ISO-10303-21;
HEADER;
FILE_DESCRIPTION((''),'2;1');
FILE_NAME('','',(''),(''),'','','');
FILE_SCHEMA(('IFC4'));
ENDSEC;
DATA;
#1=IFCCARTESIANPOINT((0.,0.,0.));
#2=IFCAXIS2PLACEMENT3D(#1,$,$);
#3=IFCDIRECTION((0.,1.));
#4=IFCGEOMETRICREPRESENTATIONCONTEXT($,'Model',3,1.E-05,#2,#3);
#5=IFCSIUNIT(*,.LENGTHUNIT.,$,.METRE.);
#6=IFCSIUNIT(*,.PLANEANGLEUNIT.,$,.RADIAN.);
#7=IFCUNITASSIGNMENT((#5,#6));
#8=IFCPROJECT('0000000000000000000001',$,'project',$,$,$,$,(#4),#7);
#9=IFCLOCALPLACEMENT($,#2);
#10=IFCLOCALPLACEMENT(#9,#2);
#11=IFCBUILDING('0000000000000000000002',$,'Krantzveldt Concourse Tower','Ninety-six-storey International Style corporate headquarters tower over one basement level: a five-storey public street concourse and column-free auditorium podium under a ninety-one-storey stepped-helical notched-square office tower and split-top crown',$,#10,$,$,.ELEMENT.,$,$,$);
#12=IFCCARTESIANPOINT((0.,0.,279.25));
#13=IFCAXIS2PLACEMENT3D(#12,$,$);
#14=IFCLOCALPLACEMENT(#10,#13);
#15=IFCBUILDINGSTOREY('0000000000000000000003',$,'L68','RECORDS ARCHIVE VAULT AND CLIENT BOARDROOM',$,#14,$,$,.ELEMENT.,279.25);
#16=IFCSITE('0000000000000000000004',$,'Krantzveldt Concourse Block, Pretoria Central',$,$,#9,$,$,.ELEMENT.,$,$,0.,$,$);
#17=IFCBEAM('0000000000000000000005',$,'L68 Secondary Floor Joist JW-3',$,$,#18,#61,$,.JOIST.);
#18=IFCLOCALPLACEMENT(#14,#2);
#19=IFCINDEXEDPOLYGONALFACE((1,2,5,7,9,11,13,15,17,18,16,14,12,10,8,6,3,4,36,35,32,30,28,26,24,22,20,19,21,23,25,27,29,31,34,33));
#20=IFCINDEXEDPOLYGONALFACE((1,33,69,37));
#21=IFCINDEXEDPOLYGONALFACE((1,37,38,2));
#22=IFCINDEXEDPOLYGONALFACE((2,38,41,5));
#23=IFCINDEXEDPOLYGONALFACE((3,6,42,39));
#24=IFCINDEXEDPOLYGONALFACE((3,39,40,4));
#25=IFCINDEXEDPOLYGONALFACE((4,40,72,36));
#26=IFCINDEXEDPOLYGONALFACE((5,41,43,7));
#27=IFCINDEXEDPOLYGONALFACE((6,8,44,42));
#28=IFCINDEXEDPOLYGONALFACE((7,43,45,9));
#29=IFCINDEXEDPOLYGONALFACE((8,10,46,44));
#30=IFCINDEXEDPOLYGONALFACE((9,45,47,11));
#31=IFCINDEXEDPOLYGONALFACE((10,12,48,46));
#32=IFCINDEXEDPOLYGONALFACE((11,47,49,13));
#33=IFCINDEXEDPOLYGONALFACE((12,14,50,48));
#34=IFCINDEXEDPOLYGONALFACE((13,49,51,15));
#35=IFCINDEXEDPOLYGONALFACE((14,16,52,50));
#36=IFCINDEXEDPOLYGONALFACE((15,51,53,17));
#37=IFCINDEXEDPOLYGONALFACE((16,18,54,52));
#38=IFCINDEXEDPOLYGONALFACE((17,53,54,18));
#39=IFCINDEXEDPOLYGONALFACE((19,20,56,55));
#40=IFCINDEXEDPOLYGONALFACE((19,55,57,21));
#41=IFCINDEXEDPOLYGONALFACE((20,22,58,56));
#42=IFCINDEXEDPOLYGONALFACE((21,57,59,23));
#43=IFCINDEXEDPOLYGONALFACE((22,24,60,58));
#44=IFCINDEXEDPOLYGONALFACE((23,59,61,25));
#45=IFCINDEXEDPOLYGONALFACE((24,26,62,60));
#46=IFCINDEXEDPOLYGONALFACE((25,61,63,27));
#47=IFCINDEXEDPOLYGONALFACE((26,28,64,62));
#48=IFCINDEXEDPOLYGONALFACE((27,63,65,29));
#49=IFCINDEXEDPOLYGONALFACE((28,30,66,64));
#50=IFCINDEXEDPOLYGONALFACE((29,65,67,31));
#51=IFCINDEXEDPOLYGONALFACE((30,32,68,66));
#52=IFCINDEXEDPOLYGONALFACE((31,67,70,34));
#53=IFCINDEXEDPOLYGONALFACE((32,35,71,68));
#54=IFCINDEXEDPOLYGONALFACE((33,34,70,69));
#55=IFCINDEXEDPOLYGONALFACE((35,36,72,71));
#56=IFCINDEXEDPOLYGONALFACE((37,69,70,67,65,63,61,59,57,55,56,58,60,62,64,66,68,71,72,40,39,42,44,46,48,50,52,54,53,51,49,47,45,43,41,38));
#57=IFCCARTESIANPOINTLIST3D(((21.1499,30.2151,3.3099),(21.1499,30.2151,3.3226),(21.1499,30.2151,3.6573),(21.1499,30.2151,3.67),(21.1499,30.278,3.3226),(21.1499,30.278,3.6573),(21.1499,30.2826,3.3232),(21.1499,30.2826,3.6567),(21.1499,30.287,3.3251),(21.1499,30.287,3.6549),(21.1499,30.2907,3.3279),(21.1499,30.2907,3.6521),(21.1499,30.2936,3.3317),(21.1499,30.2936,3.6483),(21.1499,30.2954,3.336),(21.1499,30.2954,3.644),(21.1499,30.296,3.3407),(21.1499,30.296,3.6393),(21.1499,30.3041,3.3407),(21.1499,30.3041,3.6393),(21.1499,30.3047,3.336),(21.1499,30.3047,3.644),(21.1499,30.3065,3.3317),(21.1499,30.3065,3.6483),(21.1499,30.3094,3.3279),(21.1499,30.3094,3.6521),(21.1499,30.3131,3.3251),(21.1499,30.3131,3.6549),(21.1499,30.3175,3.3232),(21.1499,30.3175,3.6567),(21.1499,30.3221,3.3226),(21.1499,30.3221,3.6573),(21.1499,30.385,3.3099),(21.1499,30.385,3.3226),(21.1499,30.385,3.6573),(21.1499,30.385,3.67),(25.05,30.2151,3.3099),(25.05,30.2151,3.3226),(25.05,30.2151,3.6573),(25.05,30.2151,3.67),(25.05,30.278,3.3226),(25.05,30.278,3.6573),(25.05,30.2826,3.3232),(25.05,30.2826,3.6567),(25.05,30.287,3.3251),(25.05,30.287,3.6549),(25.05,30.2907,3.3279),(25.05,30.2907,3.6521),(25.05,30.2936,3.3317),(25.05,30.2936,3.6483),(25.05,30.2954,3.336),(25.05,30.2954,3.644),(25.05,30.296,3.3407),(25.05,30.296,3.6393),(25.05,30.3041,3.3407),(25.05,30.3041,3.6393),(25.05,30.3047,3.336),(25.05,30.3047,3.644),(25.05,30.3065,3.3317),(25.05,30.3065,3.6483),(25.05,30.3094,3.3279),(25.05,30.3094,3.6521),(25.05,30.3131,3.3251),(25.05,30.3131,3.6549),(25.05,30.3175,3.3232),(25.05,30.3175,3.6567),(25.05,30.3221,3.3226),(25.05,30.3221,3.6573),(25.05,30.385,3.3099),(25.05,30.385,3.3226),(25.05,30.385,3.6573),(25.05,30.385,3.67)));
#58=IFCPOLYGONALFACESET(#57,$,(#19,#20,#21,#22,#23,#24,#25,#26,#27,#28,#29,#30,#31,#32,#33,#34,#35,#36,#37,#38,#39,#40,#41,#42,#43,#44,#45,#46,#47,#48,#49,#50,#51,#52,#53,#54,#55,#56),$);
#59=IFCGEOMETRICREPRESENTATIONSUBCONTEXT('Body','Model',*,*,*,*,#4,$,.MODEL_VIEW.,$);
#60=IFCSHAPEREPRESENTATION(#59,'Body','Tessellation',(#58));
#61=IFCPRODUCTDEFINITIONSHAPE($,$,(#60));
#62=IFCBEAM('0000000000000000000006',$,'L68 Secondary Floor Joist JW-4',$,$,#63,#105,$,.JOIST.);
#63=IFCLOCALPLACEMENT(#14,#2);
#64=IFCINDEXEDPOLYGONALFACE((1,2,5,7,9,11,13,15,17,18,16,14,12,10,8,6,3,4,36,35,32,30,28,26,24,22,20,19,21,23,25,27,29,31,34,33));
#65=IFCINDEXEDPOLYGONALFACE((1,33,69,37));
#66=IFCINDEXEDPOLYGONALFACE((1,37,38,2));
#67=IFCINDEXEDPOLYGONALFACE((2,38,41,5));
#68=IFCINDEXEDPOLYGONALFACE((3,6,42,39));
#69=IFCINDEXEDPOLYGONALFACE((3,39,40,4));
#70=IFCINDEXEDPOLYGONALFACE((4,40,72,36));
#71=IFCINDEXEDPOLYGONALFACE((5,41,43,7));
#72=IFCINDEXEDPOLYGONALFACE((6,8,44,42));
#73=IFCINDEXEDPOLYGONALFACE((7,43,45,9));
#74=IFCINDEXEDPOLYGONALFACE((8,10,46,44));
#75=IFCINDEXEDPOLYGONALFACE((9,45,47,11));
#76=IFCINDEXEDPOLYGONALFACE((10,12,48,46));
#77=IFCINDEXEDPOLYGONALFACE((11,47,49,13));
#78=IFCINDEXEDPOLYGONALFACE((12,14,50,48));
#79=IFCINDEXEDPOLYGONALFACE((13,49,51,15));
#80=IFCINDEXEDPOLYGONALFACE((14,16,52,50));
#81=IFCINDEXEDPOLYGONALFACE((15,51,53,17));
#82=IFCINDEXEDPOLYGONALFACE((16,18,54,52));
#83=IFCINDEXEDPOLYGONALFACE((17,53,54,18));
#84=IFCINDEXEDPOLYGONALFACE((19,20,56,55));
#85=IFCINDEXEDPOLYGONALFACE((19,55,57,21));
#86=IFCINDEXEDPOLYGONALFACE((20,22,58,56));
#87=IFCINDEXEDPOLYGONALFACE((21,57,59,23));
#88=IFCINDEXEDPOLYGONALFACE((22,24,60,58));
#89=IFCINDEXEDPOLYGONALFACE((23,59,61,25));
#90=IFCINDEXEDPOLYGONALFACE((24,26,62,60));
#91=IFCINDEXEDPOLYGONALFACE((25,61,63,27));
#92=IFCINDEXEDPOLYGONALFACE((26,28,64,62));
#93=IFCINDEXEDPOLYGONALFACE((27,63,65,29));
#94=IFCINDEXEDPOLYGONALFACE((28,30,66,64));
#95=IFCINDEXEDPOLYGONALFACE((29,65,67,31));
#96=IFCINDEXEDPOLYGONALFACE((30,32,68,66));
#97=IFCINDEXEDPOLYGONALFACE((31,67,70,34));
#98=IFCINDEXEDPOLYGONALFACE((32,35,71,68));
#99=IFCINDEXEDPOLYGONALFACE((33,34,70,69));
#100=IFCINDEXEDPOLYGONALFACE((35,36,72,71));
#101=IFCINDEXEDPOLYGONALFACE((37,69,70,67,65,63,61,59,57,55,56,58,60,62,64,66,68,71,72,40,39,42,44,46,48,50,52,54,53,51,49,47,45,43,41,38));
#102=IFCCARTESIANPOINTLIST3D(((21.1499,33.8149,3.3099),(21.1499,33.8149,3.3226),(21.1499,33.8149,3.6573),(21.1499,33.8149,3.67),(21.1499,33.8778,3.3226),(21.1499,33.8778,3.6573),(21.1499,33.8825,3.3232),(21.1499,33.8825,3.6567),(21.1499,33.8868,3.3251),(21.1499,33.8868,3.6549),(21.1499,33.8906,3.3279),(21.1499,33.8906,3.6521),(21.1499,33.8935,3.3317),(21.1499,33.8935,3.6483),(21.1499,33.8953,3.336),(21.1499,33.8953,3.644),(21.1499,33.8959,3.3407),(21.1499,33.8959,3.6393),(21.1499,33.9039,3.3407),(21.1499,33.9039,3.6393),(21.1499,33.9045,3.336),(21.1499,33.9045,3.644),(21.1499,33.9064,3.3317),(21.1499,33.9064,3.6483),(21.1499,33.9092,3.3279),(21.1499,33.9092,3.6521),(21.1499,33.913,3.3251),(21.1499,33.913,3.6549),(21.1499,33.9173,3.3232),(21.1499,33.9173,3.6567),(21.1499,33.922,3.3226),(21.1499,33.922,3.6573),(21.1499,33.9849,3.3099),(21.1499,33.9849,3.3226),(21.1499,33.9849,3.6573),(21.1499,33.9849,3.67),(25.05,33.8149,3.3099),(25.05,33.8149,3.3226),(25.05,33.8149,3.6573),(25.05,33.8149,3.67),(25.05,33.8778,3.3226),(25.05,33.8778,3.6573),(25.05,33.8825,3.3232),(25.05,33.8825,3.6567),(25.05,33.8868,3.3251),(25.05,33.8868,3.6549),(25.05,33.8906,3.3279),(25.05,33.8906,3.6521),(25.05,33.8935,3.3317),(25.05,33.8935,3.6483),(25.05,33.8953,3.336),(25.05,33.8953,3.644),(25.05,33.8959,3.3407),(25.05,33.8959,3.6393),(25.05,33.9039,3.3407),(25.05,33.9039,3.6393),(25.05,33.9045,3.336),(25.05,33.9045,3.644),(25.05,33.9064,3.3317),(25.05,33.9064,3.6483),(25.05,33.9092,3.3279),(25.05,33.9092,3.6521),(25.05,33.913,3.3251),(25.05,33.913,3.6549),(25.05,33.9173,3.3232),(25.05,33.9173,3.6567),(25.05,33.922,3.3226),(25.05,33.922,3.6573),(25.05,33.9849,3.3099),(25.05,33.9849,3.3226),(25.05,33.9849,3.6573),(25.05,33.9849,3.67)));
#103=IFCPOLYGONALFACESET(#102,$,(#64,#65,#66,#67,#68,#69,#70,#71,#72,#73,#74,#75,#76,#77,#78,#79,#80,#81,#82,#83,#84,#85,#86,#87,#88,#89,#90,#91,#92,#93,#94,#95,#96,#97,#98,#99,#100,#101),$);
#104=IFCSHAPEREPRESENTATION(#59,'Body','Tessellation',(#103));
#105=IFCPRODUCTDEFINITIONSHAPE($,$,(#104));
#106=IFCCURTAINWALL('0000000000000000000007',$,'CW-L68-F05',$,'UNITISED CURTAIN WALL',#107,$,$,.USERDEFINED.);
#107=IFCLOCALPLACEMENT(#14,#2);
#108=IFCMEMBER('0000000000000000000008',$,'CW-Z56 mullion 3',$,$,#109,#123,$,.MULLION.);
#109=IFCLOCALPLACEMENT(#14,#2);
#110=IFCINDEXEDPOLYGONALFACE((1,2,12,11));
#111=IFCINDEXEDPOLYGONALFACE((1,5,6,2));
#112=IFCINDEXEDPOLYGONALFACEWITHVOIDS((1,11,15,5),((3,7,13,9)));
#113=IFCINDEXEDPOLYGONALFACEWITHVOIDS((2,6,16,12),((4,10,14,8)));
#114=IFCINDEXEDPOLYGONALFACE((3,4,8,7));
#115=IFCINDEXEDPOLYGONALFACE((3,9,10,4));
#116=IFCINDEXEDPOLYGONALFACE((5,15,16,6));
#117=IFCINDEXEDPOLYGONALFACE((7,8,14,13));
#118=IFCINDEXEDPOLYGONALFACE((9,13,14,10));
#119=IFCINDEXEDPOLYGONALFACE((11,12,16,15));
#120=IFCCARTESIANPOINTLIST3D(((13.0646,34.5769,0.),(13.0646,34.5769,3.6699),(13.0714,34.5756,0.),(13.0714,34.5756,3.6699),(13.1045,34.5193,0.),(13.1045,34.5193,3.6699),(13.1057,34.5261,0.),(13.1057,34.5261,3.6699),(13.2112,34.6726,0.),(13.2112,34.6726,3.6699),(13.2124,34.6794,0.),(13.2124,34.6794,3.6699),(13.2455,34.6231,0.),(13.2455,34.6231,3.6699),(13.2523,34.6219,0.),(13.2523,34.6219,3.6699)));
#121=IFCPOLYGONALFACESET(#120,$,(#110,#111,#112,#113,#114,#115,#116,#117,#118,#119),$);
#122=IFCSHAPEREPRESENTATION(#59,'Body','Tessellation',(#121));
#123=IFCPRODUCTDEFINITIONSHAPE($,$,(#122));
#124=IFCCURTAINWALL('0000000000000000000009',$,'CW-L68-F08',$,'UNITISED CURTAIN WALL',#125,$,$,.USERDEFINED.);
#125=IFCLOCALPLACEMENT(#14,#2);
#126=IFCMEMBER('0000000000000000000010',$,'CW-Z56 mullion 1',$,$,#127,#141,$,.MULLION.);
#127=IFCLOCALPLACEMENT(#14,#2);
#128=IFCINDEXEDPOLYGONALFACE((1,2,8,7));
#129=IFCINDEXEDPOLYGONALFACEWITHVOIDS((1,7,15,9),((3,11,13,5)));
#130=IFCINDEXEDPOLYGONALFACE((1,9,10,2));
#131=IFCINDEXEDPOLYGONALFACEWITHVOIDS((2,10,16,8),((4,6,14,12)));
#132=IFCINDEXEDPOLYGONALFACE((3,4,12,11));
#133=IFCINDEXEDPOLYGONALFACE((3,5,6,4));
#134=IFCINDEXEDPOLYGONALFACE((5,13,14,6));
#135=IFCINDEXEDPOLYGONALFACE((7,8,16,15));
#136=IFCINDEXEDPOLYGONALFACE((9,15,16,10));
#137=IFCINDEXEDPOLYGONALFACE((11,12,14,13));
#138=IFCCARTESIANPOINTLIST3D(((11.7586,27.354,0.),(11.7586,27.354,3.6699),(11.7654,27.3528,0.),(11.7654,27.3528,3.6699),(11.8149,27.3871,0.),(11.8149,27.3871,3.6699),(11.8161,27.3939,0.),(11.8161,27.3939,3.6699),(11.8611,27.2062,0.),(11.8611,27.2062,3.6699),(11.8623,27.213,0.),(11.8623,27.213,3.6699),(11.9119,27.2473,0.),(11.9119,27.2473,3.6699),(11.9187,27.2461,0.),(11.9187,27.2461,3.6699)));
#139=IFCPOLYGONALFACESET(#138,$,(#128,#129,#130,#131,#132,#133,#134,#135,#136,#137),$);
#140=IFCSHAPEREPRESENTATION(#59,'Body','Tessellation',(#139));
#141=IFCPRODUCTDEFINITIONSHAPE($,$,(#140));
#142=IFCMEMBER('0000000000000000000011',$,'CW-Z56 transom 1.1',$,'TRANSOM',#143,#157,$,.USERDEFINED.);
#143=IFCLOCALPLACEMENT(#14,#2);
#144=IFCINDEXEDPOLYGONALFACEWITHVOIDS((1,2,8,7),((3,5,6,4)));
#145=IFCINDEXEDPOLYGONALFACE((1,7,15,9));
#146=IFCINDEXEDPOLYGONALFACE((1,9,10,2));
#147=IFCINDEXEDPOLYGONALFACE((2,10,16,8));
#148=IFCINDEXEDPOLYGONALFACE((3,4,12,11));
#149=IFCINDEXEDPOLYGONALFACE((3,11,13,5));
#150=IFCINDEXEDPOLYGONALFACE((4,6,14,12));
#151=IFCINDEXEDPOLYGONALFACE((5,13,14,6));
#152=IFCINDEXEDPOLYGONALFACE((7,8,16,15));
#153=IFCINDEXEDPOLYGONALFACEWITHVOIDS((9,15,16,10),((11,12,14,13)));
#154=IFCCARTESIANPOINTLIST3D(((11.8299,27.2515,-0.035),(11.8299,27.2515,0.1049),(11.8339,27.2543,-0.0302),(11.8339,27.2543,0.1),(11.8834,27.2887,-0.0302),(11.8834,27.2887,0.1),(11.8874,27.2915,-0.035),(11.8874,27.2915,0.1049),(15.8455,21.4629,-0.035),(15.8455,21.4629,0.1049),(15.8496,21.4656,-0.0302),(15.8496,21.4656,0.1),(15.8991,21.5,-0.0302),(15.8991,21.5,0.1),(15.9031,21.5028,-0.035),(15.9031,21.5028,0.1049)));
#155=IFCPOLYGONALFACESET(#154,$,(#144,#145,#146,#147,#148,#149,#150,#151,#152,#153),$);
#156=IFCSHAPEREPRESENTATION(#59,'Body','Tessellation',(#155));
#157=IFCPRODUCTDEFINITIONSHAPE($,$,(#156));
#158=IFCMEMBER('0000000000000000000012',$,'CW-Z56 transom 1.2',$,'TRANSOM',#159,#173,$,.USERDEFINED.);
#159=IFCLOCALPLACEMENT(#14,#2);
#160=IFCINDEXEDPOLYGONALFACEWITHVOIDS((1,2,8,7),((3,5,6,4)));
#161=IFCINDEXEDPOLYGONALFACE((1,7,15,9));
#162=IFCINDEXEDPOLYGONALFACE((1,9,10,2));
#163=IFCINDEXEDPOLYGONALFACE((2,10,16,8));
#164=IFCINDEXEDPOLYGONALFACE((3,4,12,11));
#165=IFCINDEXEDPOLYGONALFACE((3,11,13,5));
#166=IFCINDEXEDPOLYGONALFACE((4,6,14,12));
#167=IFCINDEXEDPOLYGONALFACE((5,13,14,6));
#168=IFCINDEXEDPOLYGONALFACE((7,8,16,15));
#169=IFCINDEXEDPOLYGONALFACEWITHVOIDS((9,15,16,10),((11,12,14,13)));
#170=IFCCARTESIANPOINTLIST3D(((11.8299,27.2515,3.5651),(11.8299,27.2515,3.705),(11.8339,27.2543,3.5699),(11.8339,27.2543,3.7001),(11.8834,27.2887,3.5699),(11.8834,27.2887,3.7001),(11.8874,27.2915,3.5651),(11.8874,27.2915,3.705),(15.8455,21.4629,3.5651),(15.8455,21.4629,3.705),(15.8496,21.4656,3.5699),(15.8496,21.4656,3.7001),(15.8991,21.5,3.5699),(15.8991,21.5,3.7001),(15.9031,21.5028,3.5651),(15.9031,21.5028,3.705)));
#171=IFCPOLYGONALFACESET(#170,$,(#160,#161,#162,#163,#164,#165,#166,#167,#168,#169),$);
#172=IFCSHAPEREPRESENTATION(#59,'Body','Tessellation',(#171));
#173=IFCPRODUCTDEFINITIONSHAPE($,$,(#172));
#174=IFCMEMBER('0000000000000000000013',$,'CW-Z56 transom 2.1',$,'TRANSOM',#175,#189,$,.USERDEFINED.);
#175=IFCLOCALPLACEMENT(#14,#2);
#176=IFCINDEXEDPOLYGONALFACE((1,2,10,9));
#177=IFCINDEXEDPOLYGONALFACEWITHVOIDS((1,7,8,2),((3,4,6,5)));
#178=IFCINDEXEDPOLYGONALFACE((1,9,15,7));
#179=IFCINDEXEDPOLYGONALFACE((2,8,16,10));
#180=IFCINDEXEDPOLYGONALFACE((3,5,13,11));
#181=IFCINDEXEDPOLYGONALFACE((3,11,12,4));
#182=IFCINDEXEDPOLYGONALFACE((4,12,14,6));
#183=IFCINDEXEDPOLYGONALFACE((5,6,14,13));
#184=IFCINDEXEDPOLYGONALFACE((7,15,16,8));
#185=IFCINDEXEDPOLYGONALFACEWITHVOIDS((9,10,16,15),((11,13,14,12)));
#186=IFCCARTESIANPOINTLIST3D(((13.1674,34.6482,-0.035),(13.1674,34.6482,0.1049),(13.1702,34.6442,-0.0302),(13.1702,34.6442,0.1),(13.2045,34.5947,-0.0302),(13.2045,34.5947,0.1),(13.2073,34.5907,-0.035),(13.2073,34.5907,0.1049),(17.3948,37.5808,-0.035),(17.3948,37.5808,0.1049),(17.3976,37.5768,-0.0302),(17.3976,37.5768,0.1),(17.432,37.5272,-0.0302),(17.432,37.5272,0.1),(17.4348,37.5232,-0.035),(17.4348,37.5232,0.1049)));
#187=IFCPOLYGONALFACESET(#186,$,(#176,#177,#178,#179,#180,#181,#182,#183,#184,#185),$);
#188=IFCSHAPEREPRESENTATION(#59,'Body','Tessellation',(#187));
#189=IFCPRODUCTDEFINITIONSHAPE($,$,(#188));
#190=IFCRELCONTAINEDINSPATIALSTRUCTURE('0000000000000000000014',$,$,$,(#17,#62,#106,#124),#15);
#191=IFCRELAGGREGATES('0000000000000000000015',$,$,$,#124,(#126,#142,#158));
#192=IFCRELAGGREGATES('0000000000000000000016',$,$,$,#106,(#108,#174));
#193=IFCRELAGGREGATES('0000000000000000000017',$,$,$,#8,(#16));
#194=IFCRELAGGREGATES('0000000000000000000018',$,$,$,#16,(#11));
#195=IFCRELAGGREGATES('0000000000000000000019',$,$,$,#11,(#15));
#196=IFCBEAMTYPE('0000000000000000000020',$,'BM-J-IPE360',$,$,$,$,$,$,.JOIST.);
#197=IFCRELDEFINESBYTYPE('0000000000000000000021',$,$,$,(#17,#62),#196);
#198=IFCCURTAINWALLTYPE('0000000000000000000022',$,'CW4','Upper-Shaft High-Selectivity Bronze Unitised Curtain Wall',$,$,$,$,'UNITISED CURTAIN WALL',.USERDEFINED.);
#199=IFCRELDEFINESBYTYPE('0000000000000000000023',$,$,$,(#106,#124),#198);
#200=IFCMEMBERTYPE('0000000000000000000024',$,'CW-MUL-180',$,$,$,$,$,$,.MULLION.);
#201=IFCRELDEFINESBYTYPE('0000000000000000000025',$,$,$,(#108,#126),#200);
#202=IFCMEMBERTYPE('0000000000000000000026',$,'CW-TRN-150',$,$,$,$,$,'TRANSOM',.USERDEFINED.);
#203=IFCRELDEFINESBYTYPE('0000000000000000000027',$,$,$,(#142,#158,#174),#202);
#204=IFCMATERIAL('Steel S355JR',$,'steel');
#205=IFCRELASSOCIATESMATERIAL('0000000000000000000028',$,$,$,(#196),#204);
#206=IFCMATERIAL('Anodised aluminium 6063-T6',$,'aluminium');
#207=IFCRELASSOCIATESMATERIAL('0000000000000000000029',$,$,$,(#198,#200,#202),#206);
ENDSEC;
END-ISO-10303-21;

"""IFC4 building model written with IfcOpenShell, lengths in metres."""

from ifc_helpers import new_model, si_unit, direction, frame, origin, origin_2d, place, context, subcontext, project, spatial, hollow_rectangle, i_section, extrude, source, transform, mapped, material, material_profile, profile_set, type_object, type_shapes, element, aggregate, save


model = new_model("IFC4")

# Units and contexts
model_context = context("Model", 3, precision=1e-05, world=origin(), true_north=direction((0.0, 1.0)))
body_context = subcontext(model_context, "Body", "Model", "MODEL_VIEW")
ifc_project = project(units=[si_unit("LENGTHUNIT", "METRE"), si_unit("PLANEANGLEUNIT", "RADIAN")], contexts=[model_context])

# Site, building, storey
site_placement = place(None, origin())
site = spatial("IfcSite", under=ifc_project, at=site_placement, Name="Krantzveldt Concourse Block, Pretoria Central", CompositionType="ELEMENT", RefElevation=0.0)
building_placement = place(site_placement, origin())
building = spatial("IfcBuilding", under=site, at=building_placement, Name="Krantzveldt Concourse Tower", Description="Ninety-six-storey International Style corporate headquarters tower over one basement level: a five-storey public street concourse and column-free auditorium podium under a ninety-one-storey stepped-helical notched-square office tower and split-top crown", CompositionType="ELEMENT")
storey_placement = place(building_placement, frame((0.0, 0.0, 279.25)))
storey = spatial("IfcBuildingStorey", under=building, at=storey_placement, Name="L68", Description="RECORDS ARCHIVE VAULT AND CLIENT BOARDROOM", CompositionType="ELEMENT", Elevation=279.25)

# Beams
ifc_material_1 = material(Name="Steel S355JR", Category="steel")
ifc_material_profile_1 = material_profile(ifc_material_1, i_section(OverallWidth=0.1699, OverallDepth=0.3601, WebThickness=0.0081, FlangeThickness=0.0127, FilletRadius=0.0181, at=origin_2d()), Name="Steel S355JR", Category="steel")
ifc_profile_set_1 = profile_set([ifc_material_profile_1], Name="Steel S355JR - IPE 360")
beam_type_1 = type_object("IfcBeamType", Name="BM-J-IPE360", PredefinedType="JOIST", material=ifc_profile_set_1)
shared_shape_1 = source(origin(), body_context, "Body", "SweptSolid", [
    extrude(i_section(OverallWidth=0.1699, OverallDepth=0.3601, WebThickness=0.0081, FlangeThickness=0.0127, FilletRadius=0.0181, at=origin_2d()), origin(), (0.0, 0.0, 1.0), 3.9001),
])
for number, where, z_axis, x_axis, name in (
    (1, (21.1499, 30.3, 3.49), (1.0, 0.0, 0.0), (0.0, 1.0, 0.0), "L68 Secondary Floor Joist JW-3"),
    (2, (21.1499, 33.8999, 3.49), (1.0, 0.0, 0.0), (0.0, 1.0, 0.0), "L68 Secondary Floor Joist JW-4"),
):
    element("IfcBeam", number, at=place(storey_placement, frame(where, z_axis=z_axis, x_axis=x_axis)), inside=storey, type_object=beam_type_1, Name=name, PredefinedType="JOIST", context=body_context, shape_type="MappedRepresentation", body=[
        mapped(shared_shape_1, transform((0.0, 0.0, 0.0), x_axis=(1.0, 0.0, 0.0), y_axis=(0.0, 1.0, 0.0), z_axis=(0.0, 0.0, 1.0), scale=1.0)),
    ])

# Curtain wall, member
ifc_material_2 = material(Name="Anodised aluminium 6063-T6", Category="aluminium")
curtain_wall_type = type_object("IfcCurtainWallType", Name="CW4", Description="Upper-Shaft High-Selectivity Bronze Unitised Curtain Wall", ElementType="UNITISED CURTAIN WALL", PredefinedType="USERDEFINED", material=ifc_material_2)
curtain_wall_1_placement = place(storey_placement, origin())
curtain_wall_1 = element("IfcCurtainWall", 3, at=curtain_wall_1_placement, inside=storey, type_object=curtain_wall_type, Name="CW-L68-F05", ObjectType="UNITISED CURTAIN WALL", PredefinedType="USERDEFINED")
ifc_material_profile_2 = material_profile(ifc_material_2, hollow_rectangle(XDim=0.0701, YDim=0.1799, WallThickness=0.0049, at=origin_2d()), Name="Anodised aluminium 6063-T6", Category="aluminium")
ifc_profile_set_2 = profile_set([ifc_material_profile_2], Name="Anodised aluminium 6063-T6 - ALU-MULL 180x70x5")
member_type_1 = type_object("IfcMemberType", Name="CW-MUL-180", PredefinedType="MULLION", material=ifc_profile_set_2)
shared_shape_2 = source(origin(), body_context, "Body", "SweptSolid", [
    extrude(hollow_rectangle(XDim=0.0701, YDim=0.1799, WallThickness=0.0049, at=origin_2d()), origin(), (0.0, 0.0, 1.0), 3.6699),
])
type_shapes(member_type_1, [shared_shape_2])
member_1_placement = place(storey_placement, frame((13.1584, 34.5994, 0.0), z_axis=(0.0, 0.0, 1.0), x_axis=(0.569996, -0.821647, 0.0)))
member_1 = element("IfcMember", 4, at=member_1_placement, type_object=member_type_1, Name="CW-Z56 mullion 3", PredefinedType="MULLION", context=body_context, shape_type="MappedRepresentation", body=[
    mapped(shared_shape_2, transform((0.0, 0.0, 0.0), x_axis=(1.0, 0.0, 0.0), y_axis=(0.0, 1.0, 0.0), z_axis=(0.0, 0.0, 1.0), scale=1.0)),
])

# Curtain wall, members
curtain_wall_2_placement = place(storey_placement, origin())
curtain_wall_2 = element("IfcCurtainWall", 5, at=curtain_wall_2_placement, inside=storey, type_object=curtain_wall_type, Name="CW-L68-F08", ObjectType="UNITISED CURTAIN WALL", PredefinedType="USERDEFINED")
member_2_placement = place(storey_placement, frame((11.8386, 27.3, 0.0), z_axis=(0.0, 0.0, 1.0), x_axis=(0.821647, 0.569997, 0.0)))
member_2 = element("IfcMember", 6, at=member_2_placement, type_object=member_type_1, Name="CW-Z56 mullion 1", PredefinedType="MULLION", context=body_context, shape_type="MappedRepresentation", body=[
    mapped(shared_shape_2, transform((0.0, 0.0, 0.0), x_axis=(1.0, 0.0, 0.0), y_axis=(0.0, 1.0, 0.0), z_axis=(0.0, 0.0, 1.0), scale=1.0)),
])
ifc_material_profile_3 = material_profile(ifc_material_2, hollow_rectangle(XDim=0.0701, YDim=0.1399, WallThickness=0.0049, at=origin_2d()), Name="Anodised aluminium 6063-T6", Category="aluminium")
ifc_profile_set_3 = profile_set([ifc_material_profile_3], Name="Anodised aluminium 6063-T6 - ALU-TRAN 140x70x5")
member_type_2 = type_object("IfcMemberType", Name="CW-TRN-150", ElementType="TRANSOM", PredefinedType="USERDEFINED", material=ifc_profile_set_3)
shared_shape_3 = source(origin(), body_context, "Body", "SweptSolid", [
    extrude(hollow_rectangle(XDim=0.0701, YDim=0.1399, WallThickness=0.0049, at=origin_2d()), origin(), (0.0, 0.0, 1.0), 7.0452),
])
member_3_placement = place(storey_placement, frame((11.8586, 27.2715, 0.0349), z_axis=(0.569992, -0.82165, 0.0), x_axis=(0.82165, 0.569992, 0.0)))
member_3 = element("IfcMember", 7, at=member_3_placement, type_object=member_type_2, Name="CW-Z56 transom 1.1", ObjectType="TRANSOM", PredefinedType="USERDEFINED", context=body_context, shape_type="MappedRepresentation", body=[
    mapped(shared_shape_3, transform((0.0, 0.0, 0.0), x_axis=(1.0, 0.0, 0.0), y_axis=(0.0, 1.0, 0.0), z_axis=(0.0, 0.0, 1.0), scale=1.0)),
])
member_4_placement = place(storey_placement, frame((11.8586, 27.2715, 3.635), z_axis=(0.569992, -0.82165, 0.0), x_axis=(0.82165, 0.569992, 0.0)))
member_4 = element("IfcMember", 8, at=member_4_placement, type_object=member_type_2, Name="CW-Z56 transom 1.2", ObjectType="TRANSOM", PredefinedType="USERDEFINED", context=body_context, shape_type="MappedRepresentation", body=[
    mapped(shared_shape_3, transform((0.0, 0.0, 0.0), x_axis=(1.0, 0.0, 0.0), y_axis=(0.0, 1.0, 0.0), z_axis=(0.0, 0.0, 1.0), scale=1.0)),
])
aggregate(curtain_wall_2, [member_2, member_3, member_4])

# Member
shared_shape_4 = source(origin(), body_context, "Body", "SweptSolid", [
    extrude(hollow_rectangle(XDim=0.0701, YDim=0.1399, WallThickness=0.0049, at=origin_2d()), origin(), (0.0, 0.0, 1.0), 5.145),
])
type_shapes(member_type_2, [shared_shape_3, shared_shape_4])
member_5_placement = place(storey_placement, frame((17.4148, 37.552, 0.0349), z_axis=(-0.821659, -0.56998, 0.0), x_axis=(0.56998, -0.821659, 0.0)))
member_5 = element("IfcMember", 9, at=member_5_placement, type_object=member_type_2, Name="CW-Z56 transom 2.1", ObjectType="TRANSOM", PredefinedType="USERDEFINED", context=body_context, shape_type="MappedRepresentation", body=[
    mapped(shared_shape_4, transform((0.0, 0.0, 0.0), x_axis=(1.0, 0.0, 0.0), y_axis=(0.0, 1.0, 0.0), z_axis=(0.0, 0.0, 1.0), scale=1.0)),
])

aggregate(curtain_wall_1, [member_1, member_5])

save(model, "model.ifc")
